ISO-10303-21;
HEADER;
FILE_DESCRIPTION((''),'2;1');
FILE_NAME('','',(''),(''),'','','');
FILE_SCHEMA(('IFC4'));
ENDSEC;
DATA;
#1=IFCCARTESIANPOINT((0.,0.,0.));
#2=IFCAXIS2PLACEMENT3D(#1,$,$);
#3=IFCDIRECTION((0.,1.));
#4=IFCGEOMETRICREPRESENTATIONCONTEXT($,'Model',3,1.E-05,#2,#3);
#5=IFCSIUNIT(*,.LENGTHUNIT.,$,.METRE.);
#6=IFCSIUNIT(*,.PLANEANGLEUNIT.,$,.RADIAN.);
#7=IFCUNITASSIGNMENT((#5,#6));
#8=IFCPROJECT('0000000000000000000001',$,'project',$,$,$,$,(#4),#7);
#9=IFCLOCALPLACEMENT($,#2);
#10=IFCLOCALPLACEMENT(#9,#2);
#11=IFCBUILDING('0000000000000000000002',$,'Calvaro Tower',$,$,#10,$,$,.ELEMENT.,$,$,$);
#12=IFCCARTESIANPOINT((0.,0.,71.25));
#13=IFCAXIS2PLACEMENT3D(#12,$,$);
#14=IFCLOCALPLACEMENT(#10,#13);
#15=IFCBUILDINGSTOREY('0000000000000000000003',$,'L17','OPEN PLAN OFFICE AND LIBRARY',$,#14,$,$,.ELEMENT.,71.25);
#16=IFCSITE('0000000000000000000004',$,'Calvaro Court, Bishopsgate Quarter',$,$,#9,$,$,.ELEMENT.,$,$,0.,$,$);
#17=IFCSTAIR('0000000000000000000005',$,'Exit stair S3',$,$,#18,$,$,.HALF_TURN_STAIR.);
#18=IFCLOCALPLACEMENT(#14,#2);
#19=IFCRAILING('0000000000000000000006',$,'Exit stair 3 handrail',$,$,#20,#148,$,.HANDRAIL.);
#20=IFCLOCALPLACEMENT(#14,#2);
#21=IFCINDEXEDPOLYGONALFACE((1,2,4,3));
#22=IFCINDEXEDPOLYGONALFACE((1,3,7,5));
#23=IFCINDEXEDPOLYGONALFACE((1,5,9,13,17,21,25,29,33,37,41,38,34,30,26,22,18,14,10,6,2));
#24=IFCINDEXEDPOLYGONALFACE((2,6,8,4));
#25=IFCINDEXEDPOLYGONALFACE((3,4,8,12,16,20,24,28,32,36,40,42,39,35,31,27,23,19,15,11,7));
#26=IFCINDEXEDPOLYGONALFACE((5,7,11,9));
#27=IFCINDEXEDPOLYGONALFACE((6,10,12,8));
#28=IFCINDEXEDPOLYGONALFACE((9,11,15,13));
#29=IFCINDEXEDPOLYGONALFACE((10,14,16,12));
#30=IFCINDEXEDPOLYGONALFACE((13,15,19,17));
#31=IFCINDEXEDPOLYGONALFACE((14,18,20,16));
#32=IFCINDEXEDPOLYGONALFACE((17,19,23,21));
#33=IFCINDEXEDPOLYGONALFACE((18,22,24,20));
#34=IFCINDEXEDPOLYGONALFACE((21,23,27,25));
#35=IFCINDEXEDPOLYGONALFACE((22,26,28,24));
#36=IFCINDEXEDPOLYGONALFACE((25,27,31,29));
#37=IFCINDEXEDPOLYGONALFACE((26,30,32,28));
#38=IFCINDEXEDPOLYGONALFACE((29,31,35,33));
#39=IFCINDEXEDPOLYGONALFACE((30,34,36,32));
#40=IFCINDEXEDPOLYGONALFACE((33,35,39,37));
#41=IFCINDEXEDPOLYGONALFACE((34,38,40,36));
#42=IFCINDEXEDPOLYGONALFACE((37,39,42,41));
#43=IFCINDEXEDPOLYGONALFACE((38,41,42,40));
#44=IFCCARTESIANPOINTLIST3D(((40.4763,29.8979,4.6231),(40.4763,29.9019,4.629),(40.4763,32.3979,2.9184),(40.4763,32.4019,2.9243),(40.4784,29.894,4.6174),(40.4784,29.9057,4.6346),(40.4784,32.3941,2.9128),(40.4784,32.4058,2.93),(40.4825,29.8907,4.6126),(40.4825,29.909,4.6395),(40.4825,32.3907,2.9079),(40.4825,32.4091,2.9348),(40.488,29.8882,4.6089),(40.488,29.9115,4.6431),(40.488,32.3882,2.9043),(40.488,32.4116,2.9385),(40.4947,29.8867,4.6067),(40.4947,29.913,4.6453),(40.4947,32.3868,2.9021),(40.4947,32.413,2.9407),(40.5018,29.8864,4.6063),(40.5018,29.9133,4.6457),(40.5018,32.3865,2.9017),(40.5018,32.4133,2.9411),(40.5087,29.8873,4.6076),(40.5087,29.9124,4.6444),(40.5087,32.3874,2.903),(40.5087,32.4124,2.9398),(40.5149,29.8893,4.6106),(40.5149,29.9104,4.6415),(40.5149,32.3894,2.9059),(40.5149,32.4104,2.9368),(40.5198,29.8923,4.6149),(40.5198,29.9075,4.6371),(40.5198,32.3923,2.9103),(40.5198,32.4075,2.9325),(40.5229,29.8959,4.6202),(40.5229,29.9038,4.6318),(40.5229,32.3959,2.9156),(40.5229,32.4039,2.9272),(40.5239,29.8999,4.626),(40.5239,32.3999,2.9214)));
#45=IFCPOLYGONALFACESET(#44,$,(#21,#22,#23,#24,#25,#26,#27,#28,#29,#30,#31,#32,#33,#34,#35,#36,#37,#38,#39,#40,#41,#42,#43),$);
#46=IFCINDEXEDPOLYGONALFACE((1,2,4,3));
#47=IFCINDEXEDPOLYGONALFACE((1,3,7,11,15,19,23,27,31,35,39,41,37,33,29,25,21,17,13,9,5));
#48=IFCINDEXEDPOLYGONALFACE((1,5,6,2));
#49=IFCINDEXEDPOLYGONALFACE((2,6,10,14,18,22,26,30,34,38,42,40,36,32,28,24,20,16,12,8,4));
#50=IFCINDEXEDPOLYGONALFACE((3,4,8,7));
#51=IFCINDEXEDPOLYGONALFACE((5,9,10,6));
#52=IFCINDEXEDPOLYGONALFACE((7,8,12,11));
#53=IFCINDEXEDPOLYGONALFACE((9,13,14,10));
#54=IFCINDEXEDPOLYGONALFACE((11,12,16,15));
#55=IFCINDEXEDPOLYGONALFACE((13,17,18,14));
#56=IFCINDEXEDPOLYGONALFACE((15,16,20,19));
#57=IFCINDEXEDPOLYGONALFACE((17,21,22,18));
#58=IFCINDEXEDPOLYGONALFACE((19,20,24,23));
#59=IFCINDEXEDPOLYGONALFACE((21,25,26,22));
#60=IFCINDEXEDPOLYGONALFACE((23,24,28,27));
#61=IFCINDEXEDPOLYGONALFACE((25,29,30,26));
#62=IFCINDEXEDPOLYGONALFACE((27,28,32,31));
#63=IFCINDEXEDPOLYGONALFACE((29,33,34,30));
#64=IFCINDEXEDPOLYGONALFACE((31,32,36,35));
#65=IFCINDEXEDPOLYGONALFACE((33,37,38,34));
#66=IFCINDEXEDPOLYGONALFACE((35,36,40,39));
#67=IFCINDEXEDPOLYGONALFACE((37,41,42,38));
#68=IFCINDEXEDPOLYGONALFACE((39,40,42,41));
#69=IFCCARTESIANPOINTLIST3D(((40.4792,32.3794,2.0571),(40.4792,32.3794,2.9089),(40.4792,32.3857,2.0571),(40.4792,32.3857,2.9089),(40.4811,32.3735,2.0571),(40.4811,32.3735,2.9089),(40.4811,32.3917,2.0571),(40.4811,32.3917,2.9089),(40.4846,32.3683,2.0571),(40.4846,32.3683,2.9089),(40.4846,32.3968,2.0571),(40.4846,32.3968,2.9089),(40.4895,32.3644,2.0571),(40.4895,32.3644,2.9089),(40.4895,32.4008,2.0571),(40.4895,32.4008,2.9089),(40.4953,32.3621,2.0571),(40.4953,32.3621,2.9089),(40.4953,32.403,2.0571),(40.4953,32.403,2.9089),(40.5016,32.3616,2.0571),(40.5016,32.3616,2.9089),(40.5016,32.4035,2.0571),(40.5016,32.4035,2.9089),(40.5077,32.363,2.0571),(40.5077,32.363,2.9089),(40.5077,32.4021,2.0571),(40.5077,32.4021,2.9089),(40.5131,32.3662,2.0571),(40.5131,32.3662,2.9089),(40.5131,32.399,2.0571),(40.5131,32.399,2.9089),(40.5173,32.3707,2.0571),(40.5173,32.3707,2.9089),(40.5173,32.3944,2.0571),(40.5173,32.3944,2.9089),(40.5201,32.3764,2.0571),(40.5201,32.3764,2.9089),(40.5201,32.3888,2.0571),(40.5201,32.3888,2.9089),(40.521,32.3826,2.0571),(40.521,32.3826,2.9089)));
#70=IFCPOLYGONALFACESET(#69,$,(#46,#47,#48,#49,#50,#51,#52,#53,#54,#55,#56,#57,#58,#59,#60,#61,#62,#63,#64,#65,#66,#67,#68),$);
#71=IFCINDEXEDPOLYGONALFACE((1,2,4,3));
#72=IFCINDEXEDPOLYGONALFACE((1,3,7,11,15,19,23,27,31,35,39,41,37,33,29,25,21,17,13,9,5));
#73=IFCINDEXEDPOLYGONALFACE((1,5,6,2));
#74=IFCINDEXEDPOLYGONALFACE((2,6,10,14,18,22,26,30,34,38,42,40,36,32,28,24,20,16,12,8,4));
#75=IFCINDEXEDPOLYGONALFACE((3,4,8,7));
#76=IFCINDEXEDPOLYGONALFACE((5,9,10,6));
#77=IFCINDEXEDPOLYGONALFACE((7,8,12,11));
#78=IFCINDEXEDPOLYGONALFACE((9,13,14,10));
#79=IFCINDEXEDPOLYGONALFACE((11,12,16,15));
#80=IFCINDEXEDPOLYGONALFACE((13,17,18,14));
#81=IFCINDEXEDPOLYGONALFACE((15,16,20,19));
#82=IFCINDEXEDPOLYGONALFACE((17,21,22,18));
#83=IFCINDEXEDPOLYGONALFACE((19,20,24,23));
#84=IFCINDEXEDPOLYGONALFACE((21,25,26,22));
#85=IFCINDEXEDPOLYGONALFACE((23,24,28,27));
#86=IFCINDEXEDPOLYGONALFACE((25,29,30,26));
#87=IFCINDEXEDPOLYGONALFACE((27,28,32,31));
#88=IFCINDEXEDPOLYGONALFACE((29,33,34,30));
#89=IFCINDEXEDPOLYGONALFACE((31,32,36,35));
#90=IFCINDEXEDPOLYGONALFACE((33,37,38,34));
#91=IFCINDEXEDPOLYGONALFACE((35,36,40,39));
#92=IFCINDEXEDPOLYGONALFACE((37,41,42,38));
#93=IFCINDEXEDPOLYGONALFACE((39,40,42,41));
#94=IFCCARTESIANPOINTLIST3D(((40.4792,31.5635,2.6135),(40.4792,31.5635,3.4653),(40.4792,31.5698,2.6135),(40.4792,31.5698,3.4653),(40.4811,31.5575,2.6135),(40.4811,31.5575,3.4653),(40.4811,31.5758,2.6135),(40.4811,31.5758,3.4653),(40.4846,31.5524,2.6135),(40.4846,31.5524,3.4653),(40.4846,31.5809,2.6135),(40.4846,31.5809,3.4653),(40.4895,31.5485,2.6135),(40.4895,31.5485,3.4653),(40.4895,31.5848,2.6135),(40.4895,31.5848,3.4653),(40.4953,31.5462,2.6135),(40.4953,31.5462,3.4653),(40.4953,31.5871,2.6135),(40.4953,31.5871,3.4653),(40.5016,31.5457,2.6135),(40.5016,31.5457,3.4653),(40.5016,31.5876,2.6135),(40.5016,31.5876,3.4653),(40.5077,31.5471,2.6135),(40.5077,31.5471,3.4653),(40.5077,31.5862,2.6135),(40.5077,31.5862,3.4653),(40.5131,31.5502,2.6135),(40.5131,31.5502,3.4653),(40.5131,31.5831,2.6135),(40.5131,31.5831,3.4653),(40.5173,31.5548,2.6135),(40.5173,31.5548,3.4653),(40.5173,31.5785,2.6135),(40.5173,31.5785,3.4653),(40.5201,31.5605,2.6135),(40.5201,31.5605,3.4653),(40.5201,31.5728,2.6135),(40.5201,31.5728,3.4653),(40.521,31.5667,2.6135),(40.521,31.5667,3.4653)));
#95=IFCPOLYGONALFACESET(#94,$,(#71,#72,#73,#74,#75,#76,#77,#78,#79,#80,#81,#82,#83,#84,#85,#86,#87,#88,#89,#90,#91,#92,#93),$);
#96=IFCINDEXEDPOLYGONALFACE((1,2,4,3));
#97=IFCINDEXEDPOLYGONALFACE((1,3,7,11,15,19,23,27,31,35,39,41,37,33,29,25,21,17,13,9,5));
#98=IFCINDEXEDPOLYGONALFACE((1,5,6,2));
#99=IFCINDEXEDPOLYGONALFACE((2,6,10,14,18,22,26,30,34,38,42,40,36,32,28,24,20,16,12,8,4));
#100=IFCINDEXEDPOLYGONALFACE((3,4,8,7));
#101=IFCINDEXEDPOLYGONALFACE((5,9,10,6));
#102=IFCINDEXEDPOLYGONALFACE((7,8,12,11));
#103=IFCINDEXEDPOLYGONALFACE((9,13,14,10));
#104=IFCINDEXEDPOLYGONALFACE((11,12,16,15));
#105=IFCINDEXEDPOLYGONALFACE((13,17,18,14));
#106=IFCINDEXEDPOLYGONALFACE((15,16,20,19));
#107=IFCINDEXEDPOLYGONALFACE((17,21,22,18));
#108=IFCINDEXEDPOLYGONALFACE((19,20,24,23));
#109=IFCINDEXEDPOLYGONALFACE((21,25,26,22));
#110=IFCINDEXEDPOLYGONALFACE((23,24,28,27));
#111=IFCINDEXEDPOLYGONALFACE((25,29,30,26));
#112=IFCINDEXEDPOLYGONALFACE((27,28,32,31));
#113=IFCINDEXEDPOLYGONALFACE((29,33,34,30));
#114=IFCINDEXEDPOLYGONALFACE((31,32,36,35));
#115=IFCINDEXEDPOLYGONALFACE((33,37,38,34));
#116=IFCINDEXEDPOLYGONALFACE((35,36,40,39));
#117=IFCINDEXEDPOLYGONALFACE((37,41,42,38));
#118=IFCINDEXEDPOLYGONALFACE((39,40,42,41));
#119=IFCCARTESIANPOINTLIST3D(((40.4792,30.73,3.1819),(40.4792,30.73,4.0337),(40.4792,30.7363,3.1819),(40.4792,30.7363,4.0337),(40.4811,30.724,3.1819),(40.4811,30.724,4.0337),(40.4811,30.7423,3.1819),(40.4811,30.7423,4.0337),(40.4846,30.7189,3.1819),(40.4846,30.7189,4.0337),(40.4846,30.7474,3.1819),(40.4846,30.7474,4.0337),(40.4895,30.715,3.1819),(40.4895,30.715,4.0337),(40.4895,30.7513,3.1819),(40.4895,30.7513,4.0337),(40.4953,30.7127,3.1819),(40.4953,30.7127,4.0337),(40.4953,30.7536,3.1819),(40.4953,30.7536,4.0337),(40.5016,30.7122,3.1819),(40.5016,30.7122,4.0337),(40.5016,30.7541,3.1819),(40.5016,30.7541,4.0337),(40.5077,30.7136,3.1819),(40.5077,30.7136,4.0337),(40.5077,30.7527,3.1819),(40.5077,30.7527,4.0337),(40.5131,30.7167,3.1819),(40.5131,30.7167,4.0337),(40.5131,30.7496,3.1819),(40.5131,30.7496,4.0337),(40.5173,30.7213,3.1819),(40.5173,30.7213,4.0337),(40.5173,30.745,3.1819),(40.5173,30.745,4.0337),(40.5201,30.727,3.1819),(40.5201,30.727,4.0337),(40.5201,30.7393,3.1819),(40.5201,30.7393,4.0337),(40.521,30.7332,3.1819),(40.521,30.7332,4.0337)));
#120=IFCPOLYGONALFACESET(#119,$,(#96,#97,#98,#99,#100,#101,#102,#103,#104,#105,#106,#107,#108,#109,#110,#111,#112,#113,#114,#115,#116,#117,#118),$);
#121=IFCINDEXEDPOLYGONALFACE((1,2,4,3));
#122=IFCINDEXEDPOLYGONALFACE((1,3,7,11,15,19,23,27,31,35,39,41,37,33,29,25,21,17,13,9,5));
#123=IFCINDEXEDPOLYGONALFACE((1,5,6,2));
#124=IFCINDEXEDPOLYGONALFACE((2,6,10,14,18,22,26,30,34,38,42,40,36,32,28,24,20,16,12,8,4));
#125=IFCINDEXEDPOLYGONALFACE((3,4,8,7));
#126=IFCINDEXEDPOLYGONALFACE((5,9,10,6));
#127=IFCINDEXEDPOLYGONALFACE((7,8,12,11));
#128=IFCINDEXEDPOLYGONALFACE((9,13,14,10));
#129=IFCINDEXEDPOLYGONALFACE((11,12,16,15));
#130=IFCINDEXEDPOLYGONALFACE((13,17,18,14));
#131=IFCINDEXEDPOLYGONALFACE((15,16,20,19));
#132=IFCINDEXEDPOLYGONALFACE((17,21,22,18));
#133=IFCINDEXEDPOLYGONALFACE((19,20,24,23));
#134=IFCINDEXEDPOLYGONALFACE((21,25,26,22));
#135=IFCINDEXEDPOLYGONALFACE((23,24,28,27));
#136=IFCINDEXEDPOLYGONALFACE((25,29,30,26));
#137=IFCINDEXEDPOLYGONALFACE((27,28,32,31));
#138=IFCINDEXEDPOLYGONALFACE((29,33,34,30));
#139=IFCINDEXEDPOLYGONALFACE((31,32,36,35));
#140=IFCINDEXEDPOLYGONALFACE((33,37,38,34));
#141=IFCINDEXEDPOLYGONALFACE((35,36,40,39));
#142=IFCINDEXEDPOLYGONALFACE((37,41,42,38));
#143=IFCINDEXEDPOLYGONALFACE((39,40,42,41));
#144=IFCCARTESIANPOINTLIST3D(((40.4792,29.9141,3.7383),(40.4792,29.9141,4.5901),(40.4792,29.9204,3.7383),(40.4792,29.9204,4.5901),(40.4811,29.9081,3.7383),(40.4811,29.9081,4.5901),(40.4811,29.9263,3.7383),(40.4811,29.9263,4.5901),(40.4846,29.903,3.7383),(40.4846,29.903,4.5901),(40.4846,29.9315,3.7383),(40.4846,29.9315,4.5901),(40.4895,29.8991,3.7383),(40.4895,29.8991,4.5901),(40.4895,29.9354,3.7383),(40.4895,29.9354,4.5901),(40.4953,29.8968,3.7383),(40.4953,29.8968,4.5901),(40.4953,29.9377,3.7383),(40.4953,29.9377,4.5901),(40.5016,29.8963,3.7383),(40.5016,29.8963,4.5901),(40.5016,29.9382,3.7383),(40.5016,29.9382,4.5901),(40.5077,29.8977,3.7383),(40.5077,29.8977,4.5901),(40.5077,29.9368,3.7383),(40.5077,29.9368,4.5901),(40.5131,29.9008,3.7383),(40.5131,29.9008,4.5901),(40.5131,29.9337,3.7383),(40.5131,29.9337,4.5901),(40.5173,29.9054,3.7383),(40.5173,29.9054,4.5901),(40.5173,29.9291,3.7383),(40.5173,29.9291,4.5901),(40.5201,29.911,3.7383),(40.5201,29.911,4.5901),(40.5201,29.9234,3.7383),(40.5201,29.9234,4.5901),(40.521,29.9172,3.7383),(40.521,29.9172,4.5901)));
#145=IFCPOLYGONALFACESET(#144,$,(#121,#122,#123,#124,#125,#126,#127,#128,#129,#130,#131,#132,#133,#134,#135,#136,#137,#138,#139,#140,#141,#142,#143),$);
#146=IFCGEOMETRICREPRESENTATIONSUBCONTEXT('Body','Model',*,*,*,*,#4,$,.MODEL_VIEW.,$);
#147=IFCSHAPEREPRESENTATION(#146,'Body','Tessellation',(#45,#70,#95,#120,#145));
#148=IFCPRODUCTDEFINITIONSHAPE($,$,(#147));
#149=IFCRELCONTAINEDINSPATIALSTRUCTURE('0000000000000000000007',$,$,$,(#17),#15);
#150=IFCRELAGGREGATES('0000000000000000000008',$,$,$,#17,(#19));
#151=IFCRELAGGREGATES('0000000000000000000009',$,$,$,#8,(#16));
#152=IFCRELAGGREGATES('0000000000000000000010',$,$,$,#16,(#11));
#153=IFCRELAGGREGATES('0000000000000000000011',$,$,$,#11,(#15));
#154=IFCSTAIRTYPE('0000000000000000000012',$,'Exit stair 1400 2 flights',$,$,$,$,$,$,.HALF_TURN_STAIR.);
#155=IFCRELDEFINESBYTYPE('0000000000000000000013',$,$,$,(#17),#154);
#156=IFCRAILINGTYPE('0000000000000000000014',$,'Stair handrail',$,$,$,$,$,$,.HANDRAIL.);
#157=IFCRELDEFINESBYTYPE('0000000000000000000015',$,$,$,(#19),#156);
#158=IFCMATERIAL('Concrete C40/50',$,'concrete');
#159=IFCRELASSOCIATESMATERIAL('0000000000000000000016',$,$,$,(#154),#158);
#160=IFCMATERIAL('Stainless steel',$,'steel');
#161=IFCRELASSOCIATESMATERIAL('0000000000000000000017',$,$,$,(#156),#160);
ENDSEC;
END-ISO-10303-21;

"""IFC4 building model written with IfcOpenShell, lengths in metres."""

from ifc_helpers import new_model, si_unit, direction, frame, origin, origin_2d, place, context, subcontext, project, spatial, circle, extrude, material, type_object, element, aggregate, save


model = new_model("IFC4")

# Units and contexts
model_context = context("Model", 3, precision=1e-05, world=origin(), true_north=direction((0.0, 1.0)))
body_context = subcontext(model_context, "Body", "Model", "MODEL_VIEW")
ifc_project = project(units=[si_unit("LENGTHUNIT", "METRE"), si_unit("PLANEANGLEUNIT", "RADIAN")], contexts=[model_context])

# Site, building, storey
site_placement = place(None, origin())
site = spatial("IfcSite", under=ifc_project, at=site_placement, Name="Calvaro Court, Bishopsgate Quarter", CompositionType="ELEMENT", RefElevation=0.0)
building_placement = place(site_placement, origin())
building = spatial("IfcBuilding", under=site, at=building_placement, Name="Calvaro Tower", CompositionType="ELEMENT")
storey_placement = place(building_placement, frame((0.0, 0.0, 71.25)))
storey = spatial("IfcBuildingStorey", under=building, at=storey_placement, Name="L17", Description="OPEN PLAN OFFICE AND LIBRARY", CompositionType="ELEMENT", Elevation=71.25)

# Stair
ifc_material_1 = material(Name="Concrete C40/50", Category="concrete")
stair_type = type_object("IfcStairType", Name="Exit stair 1400 2 flights", PredefinedType="HALF_TURN_STAIR", material=ifc_material_1)
stair_1_placement = place(storey_placement, origin())
stair_1 = element("IfcStair", 1, at=stair_1_placement, inside=storey, type_object=stair_type, Name="Exit stair S3", PredefinedType="HALF_TURN_STAIR")

# Railing
ifc_material_2 = material(Name="Stainless steel", Category="steel")
railing_type = type_object("IfcRailingType", Name="Stair handrail", PredefinedType="HANDRAIL", material=ifc_material_2)
railing_1_placement = place(storey_placement, frame((40.5, 32.3999, 2.0454)))
railing_1 = element("IfcRailing", 2, at=railing_1_placement, type_object=railing_type, Name="Exit stair 3 handrail", PredefinedType="HANDRAIL", context=body_context, shape_type="SweptSolid", body=[
    extrude(circle(Radius=0.0239, at=origin_2d()), frame((0.0, 0.0, 0.876), z_axis=(0.0, -0.826221, 0.563347), x_axis=(1.0, 0.0, 0.0)), (0.0, 0.0, 1.0), 3.0259),
    extrude(circle(Radius=0.021, at=origin_2d()), frame((0.0, -0.0173, 0.0117)), (0.0, 0.0, 1.0), 0.8518),
    extrude(circle(Radius=0.021, at=origin_2d()), frame((0.0, -0.8333, 0.5681)), (0.0, 0.0, 1.0), 0.8518),
    extrude(circle(Radius=0.021, at=origin_2d()), frame((0.0, -1.6667, 1.1365)), (0.0, 0.0, 1.0), 0.8518),
    extrude(circle(Radius=0.021, at=origin_2d()), frame((0.0, -2.4827, 1.6929)), (0.0, 0.0, 1.0), 0.8518),
])
aggregate(stair_1, [railing_1])

save(model, "model.ifc")
